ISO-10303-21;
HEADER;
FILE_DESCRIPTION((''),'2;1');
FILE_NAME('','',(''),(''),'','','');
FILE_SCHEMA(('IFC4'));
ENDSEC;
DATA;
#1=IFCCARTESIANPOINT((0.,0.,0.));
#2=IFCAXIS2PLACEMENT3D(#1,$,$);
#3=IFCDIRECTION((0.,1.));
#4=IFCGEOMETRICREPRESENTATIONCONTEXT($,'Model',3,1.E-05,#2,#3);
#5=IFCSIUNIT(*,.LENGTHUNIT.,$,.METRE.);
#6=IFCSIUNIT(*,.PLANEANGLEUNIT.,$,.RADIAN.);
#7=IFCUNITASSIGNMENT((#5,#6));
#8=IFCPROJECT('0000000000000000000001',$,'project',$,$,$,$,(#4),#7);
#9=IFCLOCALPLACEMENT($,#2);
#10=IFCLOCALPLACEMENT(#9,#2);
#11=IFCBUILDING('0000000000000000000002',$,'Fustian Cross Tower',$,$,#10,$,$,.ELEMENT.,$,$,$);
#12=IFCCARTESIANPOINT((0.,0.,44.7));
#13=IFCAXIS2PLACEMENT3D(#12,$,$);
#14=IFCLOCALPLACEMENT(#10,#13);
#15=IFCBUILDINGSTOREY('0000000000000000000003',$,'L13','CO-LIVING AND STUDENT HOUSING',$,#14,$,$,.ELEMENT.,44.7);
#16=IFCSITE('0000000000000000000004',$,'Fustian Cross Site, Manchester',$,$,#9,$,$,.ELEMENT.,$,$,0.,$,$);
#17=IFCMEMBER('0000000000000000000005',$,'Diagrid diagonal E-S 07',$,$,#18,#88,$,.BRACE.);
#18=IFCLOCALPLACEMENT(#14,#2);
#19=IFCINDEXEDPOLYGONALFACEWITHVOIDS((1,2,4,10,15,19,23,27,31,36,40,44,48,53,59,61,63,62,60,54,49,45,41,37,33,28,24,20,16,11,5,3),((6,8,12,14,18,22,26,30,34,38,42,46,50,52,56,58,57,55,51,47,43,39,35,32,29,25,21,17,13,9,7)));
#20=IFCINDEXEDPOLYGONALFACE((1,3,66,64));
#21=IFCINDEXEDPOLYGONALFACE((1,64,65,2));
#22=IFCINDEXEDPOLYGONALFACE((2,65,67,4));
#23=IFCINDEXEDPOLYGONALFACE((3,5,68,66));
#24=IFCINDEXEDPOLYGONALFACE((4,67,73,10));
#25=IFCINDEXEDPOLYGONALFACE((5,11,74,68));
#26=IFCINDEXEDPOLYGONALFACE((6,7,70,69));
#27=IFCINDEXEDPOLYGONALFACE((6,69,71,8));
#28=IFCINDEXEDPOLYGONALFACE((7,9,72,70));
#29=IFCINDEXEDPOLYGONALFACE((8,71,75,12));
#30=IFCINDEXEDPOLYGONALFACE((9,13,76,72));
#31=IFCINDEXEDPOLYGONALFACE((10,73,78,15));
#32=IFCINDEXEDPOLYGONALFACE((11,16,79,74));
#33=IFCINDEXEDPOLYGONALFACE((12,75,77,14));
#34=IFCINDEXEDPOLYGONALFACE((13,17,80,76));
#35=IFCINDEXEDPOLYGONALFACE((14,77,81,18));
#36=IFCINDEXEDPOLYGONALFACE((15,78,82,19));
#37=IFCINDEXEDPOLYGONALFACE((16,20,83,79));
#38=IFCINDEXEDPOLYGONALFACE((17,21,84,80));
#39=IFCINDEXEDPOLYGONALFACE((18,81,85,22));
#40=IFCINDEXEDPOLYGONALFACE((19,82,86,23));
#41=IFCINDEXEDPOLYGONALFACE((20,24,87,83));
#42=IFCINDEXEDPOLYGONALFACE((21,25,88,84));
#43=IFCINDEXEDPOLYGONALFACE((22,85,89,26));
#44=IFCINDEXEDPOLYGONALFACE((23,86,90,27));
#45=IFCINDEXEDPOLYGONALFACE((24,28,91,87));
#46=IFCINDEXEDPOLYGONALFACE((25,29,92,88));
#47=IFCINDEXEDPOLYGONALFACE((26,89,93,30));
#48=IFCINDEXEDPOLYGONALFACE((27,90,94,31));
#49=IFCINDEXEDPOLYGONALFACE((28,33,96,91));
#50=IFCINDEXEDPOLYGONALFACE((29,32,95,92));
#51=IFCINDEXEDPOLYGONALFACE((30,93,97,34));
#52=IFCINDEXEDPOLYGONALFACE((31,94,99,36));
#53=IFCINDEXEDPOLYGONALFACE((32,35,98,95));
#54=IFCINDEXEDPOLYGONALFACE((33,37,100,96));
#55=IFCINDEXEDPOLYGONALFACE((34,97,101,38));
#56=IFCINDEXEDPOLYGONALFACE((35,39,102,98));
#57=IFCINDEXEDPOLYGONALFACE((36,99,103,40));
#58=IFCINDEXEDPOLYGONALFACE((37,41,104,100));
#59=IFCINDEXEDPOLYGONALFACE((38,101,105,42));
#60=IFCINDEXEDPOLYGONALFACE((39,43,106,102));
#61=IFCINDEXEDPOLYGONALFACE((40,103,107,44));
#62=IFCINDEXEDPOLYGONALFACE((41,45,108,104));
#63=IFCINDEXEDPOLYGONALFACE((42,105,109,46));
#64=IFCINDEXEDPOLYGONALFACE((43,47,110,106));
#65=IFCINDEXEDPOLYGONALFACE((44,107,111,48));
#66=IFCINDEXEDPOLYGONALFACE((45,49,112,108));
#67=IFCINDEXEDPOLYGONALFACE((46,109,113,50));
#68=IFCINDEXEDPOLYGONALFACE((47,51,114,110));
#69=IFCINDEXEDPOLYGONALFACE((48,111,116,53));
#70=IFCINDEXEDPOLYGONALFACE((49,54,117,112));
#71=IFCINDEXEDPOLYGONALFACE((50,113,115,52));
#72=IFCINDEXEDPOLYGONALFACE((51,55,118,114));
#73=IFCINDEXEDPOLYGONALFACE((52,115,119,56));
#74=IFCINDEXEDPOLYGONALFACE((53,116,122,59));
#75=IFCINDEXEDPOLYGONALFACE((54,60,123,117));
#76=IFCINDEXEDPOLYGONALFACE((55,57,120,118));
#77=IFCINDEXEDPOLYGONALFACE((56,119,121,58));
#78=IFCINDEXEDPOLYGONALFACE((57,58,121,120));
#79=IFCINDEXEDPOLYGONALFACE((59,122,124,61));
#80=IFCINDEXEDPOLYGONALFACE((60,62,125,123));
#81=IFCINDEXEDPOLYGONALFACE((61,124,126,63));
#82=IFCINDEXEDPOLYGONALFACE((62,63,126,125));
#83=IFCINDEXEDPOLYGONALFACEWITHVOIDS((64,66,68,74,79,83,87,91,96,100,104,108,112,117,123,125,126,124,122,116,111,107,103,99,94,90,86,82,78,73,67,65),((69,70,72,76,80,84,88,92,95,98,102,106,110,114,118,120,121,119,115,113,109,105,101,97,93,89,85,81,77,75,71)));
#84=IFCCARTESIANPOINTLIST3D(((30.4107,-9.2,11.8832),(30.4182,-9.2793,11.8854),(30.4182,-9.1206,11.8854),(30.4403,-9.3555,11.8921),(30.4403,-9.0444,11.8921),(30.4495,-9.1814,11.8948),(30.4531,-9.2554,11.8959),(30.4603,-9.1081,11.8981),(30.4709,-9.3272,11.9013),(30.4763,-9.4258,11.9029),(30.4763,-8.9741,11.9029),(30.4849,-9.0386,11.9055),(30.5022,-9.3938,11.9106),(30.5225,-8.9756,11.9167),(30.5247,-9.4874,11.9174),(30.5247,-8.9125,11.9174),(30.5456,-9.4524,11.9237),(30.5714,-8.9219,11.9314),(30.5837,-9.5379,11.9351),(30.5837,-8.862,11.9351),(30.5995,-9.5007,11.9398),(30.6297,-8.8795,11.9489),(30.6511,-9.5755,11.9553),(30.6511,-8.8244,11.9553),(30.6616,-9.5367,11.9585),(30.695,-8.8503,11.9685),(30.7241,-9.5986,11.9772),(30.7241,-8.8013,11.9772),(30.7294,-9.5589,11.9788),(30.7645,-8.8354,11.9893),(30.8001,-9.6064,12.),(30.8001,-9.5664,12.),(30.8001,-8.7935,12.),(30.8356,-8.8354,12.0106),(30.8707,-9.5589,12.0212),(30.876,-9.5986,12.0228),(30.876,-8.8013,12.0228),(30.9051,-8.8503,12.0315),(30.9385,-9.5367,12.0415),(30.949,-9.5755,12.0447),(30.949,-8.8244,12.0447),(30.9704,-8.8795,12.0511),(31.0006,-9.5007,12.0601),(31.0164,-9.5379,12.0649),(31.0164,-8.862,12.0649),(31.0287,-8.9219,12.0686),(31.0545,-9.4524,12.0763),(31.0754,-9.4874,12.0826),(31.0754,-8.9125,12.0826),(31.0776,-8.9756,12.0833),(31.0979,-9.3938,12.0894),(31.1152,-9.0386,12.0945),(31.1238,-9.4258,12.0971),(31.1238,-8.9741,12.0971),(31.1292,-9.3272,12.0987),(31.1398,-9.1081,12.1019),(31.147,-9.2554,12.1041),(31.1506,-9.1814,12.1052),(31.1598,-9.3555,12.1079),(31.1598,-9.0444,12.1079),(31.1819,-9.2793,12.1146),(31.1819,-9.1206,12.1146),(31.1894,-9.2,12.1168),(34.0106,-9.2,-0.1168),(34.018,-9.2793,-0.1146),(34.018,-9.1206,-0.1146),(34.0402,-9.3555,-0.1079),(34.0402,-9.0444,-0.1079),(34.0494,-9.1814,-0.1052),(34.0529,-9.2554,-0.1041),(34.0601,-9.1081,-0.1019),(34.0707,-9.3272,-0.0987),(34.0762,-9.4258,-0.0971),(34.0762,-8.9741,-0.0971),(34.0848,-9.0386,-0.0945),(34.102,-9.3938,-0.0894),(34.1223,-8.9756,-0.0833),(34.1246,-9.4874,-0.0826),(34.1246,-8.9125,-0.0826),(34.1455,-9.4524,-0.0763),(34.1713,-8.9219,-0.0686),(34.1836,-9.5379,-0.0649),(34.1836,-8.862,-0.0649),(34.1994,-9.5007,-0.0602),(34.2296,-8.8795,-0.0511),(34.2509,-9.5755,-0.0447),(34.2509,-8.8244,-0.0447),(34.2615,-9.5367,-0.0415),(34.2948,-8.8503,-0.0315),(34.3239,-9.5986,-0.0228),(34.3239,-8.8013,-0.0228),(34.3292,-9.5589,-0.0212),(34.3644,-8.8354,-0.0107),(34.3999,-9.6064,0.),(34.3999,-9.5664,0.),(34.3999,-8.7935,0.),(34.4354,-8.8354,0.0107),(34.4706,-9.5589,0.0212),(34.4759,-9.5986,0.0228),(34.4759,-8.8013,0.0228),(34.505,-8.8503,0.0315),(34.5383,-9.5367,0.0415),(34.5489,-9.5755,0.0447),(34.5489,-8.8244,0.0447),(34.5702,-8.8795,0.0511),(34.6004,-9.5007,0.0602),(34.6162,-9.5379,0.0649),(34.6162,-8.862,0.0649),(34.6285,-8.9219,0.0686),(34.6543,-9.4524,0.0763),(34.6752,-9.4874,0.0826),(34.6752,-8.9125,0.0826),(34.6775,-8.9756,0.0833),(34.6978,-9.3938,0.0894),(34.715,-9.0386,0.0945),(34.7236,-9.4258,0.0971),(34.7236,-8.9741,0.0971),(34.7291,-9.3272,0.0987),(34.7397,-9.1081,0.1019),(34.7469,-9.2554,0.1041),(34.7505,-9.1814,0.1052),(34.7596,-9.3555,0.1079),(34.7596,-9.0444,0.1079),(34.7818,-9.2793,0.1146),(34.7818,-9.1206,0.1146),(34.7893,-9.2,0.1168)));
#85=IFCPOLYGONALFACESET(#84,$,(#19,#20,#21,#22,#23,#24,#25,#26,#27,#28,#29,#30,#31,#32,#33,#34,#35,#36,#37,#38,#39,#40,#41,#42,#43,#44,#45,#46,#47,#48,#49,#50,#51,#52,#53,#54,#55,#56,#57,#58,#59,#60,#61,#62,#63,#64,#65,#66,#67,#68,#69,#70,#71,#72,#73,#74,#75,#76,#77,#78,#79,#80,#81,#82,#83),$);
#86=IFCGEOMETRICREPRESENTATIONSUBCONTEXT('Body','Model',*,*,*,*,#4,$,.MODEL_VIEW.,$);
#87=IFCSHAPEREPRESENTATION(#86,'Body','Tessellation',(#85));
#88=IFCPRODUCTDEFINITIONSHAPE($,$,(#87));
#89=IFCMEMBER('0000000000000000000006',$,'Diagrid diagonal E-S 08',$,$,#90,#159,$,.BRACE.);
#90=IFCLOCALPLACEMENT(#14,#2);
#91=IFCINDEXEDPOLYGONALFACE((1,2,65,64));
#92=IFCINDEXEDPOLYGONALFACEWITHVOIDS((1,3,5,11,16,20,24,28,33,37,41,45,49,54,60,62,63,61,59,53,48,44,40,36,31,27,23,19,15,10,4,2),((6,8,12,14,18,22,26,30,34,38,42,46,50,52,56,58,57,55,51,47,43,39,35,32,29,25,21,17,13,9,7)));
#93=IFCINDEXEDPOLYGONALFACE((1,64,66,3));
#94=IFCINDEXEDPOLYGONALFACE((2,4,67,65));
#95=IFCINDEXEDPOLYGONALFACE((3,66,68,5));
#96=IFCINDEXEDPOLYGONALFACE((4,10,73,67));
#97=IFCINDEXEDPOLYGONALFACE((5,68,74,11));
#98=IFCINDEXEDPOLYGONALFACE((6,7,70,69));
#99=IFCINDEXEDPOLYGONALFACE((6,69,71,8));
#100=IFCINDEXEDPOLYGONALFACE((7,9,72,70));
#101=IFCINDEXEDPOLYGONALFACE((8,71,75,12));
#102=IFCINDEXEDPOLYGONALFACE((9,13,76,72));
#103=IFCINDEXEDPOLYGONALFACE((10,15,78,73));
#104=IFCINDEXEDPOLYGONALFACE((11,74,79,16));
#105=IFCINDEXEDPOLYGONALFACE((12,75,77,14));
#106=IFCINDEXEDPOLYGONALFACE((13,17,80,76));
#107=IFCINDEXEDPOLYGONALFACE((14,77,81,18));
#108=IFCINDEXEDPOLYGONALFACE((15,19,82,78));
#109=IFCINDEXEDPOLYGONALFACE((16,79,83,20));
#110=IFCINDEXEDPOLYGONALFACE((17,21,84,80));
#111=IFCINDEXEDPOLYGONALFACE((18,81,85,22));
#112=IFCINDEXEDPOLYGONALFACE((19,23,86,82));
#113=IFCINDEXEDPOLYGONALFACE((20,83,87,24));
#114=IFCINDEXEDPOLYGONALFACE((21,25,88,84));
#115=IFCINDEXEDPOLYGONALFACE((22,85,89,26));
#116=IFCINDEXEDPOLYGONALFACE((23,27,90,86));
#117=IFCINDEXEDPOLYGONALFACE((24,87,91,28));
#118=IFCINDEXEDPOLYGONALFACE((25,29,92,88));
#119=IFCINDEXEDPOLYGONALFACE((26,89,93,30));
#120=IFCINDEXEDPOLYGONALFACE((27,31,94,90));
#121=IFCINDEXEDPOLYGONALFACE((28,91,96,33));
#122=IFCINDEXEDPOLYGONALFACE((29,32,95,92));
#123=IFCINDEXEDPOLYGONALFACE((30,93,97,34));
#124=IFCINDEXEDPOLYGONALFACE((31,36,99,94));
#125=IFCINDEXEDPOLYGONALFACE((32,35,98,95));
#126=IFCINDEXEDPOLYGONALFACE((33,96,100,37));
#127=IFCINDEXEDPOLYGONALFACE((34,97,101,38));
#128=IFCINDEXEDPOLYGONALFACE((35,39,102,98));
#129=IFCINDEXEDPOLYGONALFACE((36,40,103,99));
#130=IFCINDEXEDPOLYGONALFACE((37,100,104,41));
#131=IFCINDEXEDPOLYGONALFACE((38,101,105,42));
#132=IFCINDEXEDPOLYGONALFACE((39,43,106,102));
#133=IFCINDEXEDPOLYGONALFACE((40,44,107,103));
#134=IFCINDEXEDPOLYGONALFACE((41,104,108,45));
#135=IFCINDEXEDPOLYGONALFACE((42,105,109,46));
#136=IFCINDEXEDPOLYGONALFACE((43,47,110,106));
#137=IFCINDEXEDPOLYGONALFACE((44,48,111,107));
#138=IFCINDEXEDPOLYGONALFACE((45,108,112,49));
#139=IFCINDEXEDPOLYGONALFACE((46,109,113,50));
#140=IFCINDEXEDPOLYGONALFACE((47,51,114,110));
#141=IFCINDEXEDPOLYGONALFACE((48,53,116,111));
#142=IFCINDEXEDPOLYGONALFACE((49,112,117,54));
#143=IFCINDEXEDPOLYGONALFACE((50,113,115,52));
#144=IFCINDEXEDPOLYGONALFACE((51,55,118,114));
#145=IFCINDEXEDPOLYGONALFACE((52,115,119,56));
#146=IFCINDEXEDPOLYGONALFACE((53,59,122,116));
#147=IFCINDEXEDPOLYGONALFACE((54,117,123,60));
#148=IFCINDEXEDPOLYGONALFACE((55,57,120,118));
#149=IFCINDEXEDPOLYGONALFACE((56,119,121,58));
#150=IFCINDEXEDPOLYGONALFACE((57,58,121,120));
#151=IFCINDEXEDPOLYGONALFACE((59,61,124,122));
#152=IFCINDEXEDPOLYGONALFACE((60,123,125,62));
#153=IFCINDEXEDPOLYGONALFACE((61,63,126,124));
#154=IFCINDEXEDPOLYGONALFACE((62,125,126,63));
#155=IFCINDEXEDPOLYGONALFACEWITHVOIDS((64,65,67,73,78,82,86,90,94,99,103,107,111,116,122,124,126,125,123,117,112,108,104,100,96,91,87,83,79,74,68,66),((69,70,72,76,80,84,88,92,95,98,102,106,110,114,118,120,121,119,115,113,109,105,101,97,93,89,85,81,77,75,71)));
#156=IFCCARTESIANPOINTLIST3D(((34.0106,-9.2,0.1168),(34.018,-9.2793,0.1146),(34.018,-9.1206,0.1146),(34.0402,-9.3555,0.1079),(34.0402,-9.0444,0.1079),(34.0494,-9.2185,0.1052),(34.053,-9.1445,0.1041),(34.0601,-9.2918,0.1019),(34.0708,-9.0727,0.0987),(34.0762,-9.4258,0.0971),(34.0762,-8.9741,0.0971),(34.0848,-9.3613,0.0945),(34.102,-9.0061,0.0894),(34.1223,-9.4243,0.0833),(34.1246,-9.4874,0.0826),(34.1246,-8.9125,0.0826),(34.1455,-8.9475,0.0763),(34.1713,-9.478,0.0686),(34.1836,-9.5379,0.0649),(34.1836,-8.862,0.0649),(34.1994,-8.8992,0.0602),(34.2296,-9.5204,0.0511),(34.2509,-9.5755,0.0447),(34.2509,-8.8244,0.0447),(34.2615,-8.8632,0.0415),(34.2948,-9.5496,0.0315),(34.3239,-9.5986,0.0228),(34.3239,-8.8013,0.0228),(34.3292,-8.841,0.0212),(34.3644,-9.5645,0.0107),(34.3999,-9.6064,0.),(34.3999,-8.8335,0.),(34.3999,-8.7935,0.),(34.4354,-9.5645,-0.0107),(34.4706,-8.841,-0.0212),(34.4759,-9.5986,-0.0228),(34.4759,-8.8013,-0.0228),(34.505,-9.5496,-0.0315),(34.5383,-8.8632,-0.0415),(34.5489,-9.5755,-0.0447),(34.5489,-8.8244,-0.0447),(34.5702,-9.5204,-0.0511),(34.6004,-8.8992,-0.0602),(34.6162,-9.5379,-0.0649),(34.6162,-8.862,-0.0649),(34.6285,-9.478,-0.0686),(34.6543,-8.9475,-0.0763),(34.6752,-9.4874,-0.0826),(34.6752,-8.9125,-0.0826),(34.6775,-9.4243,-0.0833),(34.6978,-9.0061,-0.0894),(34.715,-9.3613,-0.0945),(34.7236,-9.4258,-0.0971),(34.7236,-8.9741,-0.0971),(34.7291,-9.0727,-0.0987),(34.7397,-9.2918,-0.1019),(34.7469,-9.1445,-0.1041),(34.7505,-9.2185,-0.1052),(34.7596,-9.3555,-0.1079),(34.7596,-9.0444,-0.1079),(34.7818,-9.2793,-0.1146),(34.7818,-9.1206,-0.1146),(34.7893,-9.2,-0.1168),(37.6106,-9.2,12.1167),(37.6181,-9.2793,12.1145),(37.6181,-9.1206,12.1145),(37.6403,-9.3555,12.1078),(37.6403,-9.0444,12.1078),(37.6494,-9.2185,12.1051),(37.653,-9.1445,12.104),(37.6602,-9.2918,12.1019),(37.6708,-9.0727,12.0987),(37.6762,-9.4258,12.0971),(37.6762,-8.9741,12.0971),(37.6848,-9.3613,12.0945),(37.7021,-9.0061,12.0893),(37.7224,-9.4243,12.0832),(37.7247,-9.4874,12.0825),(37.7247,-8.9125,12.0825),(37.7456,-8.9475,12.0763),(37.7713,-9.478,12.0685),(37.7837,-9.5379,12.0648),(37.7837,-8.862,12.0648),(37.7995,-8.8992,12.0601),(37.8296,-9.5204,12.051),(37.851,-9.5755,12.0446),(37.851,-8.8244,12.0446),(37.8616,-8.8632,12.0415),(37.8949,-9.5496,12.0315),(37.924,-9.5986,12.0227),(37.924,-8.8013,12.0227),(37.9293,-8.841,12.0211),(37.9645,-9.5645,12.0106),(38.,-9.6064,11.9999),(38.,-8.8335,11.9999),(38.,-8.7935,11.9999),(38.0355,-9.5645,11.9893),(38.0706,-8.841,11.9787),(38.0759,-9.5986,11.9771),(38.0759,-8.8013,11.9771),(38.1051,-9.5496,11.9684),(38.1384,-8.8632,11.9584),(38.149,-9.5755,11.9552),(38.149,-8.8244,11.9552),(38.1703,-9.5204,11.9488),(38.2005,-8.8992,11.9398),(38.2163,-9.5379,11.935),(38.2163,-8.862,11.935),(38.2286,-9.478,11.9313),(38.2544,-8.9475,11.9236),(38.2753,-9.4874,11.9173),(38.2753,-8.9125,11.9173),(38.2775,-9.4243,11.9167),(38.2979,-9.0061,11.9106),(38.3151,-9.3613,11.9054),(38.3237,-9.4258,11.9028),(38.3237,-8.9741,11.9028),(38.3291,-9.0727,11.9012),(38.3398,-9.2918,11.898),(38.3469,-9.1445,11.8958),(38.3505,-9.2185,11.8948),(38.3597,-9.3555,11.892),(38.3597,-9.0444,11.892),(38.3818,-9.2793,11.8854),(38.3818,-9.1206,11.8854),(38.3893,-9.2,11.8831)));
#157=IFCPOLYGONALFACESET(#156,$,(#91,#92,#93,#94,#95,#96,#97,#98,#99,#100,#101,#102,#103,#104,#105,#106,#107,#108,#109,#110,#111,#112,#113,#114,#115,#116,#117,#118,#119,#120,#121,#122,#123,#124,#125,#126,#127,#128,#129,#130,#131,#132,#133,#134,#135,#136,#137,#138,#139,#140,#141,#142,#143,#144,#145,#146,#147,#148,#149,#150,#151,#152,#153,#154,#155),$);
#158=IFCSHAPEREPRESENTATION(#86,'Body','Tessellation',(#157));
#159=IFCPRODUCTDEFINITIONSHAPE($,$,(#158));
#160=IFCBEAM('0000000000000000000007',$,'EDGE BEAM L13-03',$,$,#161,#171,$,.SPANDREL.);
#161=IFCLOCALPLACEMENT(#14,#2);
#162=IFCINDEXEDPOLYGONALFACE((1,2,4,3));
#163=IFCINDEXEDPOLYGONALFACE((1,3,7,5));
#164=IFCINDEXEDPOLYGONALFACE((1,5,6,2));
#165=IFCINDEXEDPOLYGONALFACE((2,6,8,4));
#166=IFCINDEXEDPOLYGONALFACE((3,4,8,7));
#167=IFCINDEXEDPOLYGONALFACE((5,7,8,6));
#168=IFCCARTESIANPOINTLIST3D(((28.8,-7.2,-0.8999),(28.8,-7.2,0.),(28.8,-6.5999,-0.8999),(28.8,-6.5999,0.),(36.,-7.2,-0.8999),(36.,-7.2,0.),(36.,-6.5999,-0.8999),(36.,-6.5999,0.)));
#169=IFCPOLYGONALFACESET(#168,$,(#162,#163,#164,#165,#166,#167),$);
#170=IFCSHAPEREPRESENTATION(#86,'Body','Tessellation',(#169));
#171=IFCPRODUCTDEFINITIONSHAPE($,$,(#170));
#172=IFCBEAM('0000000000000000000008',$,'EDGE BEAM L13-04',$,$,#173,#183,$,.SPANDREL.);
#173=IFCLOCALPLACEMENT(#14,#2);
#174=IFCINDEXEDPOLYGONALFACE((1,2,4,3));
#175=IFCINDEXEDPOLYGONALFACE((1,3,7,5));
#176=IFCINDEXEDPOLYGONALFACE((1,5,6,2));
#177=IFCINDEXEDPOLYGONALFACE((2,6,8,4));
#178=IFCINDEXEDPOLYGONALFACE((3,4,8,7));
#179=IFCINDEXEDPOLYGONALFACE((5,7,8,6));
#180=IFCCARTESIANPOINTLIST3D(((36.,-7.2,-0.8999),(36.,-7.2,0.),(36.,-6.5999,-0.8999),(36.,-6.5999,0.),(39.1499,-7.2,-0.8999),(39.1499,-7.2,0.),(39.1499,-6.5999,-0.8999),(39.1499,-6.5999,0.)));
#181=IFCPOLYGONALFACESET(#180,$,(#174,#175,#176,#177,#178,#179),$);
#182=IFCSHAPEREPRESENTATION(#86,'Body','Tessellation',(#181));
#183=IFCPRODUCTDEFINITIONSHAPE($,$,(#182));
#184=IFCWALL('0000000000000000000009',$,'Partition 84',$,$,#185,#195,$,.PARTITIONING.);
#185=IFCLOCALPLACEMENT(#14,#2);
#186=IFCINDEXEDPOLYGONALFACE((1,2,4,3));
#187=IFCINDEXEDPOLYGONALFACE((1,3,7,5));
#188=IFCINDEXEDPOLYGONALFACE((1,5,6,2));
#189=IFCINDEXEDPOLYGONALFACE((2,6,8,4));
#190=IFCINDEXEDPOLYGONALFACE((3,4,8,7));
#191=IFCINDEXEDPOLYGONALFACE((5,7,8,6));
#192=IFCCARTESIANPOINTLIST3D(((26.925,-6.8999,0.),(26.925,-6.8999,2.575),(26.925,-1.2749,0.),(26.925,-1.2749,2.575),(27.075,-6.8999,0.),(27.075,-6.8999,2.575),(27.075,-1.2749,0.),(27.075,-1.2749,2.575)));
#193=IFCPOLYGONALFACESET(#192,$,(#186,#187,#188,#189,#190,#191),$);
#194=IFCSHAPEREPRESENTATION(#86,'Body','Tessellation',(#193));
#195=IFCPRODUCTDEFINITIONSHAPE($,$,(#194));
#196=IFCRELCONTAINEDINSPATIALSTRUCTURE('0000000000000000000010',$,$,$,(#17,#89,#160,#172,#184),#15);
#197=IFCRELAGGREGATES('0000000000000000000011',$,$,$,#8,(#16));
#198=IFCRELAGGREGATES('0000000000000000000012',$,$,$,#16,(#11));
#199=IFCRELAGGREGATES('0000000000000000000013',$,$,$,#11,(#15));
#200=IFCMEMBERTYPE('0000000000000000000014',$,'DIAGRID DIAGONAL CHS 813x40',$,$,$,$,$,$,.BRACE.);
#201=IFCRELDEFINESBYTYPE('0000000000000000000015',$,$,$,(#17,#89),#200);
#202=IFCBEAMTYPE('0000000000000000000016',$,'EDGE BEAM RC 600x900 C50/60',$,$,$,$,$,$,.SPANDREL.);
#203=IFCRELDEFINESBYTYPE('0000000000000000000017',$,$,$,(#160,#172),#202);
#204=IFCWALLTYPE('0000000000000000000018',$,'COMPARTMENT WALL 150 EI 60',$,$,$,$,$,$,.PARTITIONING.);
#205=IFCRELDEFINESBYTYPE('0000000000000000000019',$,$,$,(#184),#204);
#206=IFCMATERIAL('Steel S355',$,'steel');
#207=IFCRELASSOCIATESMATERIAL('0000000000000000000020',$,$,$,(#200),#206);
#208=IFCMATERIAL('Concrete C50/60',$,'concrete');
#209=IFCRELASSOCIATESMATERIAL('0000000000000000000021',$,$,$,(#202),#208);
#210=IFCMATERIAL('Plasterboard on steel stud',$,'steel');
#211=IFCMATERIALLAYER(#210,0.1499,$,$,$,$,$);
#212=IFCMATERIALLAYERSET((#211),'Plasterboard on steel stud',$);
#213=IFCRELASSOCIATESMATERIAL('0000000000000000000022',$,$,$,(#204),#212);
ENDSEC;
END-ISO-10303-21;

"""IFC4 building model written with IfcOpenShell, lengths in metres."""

from ifc_helpers import new_model, si_unit, direction, frame, frame_2d, origin, origin_2d, place, context, subcontext, project, spatial, rectangle, hollow_circle, extrude, material, layer, layer_set, material_profile, profile_set, type_object, element, save


model = new_model("IFC4")

# Units and contexts
model_context = context("Model", 3, precision=1e-05, world=origin(), true_north=direction((0.0, 1.0)))
body_context = subcontext(model_context, "Body", "Model", "MODEL_VIEW")
ifc_project = project(units=[si_unit("LENGTHUNIT", "METRE"), si_unit("PLANEANGLEUNIT", "RADIAN")], contexts=[model_context])

# Site, building, storey
site_placement = place(None, origin())
site = spatial("IfcSite", under=ifc_project, at=site_placement, Name="Fustian Cross Site, Manchester", CompositionType="ELEMENT", RefElevation=0.0)
building_placement = place(site_placement, origin())
building = spatial("IfcBuilding", under=site, at=building_placement, Name="Fustian Cross Tower", CompositionType="ELEMENT")
storey_placement = place(building_placement, frame((0.0, 0.0, 44.7)))
storey = spatial("IfcBuildingStorey", under=building, at=storey_placement, Name="L13", Description="CO-LIVING AND STUDENT HOUSING", CompositionType="ELEMENT", Elevation=44.7)

# Members
ifc_material_1 = material(Name="Steel S355", Category="steel")
ifc_material_profile_1 = material_profile(ifc_material_1, hollow_circle(Radius=0.4065, WallThickness=0.04, at=origin_2d()), Name="CHS 813x40")
ifc_profile_set_1 = profile_set([ifc_material_profile_1], Name="Steel S355")
member_type = type_object("IfcMemberType", Name="DIAGRID DIAGONAL CHS 813x40", PredefinedType="BRACE", material=ifc_profile_set_1)
for number, where, z_axis, x_axis, name in (
    (1, (34.3999, -9.2, 0.0), (-0.287337, 0.0, 0.95783), (0.0, -1.0, 0.0), "Diagrid diagonal E-S 07"),
    (2, (34.3999, -9.2, 0.0), (0.287355, 0.0, 0.957824), (0.0, 1.0, 0.0), "Diagrid diagonal E-S 08"),
):
    element("IfcMember", number, at=place(storey_placement, frame(where, z_axis=z_axis, x_axis=x_axis)), inside=storey, type_object=member_type, Name=name, PredefinedType="BRACE", context=body_context, shape_type="SweptSolid", body=[
        extrude(hollow_circle(Radius=0.4065, WallThickness=0.04, at=origin_2d()), origin(), (0.0, 0.0, 1.0), 12.5283),
    ])

# Beams
ifc_material_2 = material(Name="Concrete C50/60", Category="concrete")
ifc_material_profile_2 = material_profile(ifc_material_2, rectangle(XDim=0.6001, YDim=0.8999, at=origin_2d()), Name="RC 600x900")
ifc_profile_set_2 = profile_set([ifc_material_profile_2], Name="Concrete C50/60")
beam_type = type_object("IfcBeamType", Name="EDGE BEAM RC 600x900 C50/60", PredefinedType="SPANDREL", material=ifc_profile_set_2)
beam_1_placement = place(storey_placement, frame((28.8, -6.8999, -0.45), z_axis=(1.0, 0.0, 0.0), x_axis=(0.0, 1.0, 0.0)))
element("IfcBeam", 3, at=beam_1_placement, inside=storey, type_object=beam_type, Name="EDGE BEAM L13-03", PredefinedType="SPANDREL", context=body_context, shape_type="SweptSolid", body=[
    extrude(rectangle(XDim=0.6001, YDim=0.8999, at=origin_2d()), origin(), (0.0, 0.0, 1.0), 7.2),
])
beam_2_placement = place(storey_placement, frame((36.0, -6.8999, -0.45), z_axis=(1.0, 0.0, 0.0), x_axis=(0.0, 1.0, 0.0)))
element("IfcBeam", 4, at=beam_2_placement, inside=storey, type_object=beam_type, Name="EDGE BEAM L13-04", PredefinedType="SPANDREL", context=body_context, shape_type="SweptSolid", body=[
    extrude(rectangle(XDim=0.6001, YDim=0.8999, at=origin_2d()), origin(), (0.0, 0.0, 1.0), 3.1499),
])

# Wall
ifc_material_3 = material(Name="Plasterboard on steel stud", Category="steel")
ifc_layer_1 = layer(ifc_material_3, 0.1499)
ifc_layer_set_1 = layer_set([ifc_layer_1], Name="Plasterboard on steel stud")
wall_type_1 = type_object("IfcWallType", Name="COMPARTMENT WALL 150 EI 60", PredefinedType="PARTITIONING", material=ifc_layer_set_1)
for number, where, z_axis, x_axis, name in (
    (5, (27.0, -6.8999, 0.0), (0.0, 0.0, 1.0), (0.0, 1.0, 0.0), "Partition 84"),
):
    element("IfcWall", number, at=place(storey_placement, frame(where, z_axis=z_axis, x_axis=x_axis)), inside=storey, type_object=wall_type_1, Name=name, PredefinedType="PARTITIONING", context=body_context, shape_type="SweptSolid", body=[
        extrude(rectangle(XDim=5.625, YDim=0.1499, at=frame_2d((2.8125, 0.0))), origin(), (0.0, 0.0, 1.0), 2.575),
    ])

save(model, "model.ifc")
